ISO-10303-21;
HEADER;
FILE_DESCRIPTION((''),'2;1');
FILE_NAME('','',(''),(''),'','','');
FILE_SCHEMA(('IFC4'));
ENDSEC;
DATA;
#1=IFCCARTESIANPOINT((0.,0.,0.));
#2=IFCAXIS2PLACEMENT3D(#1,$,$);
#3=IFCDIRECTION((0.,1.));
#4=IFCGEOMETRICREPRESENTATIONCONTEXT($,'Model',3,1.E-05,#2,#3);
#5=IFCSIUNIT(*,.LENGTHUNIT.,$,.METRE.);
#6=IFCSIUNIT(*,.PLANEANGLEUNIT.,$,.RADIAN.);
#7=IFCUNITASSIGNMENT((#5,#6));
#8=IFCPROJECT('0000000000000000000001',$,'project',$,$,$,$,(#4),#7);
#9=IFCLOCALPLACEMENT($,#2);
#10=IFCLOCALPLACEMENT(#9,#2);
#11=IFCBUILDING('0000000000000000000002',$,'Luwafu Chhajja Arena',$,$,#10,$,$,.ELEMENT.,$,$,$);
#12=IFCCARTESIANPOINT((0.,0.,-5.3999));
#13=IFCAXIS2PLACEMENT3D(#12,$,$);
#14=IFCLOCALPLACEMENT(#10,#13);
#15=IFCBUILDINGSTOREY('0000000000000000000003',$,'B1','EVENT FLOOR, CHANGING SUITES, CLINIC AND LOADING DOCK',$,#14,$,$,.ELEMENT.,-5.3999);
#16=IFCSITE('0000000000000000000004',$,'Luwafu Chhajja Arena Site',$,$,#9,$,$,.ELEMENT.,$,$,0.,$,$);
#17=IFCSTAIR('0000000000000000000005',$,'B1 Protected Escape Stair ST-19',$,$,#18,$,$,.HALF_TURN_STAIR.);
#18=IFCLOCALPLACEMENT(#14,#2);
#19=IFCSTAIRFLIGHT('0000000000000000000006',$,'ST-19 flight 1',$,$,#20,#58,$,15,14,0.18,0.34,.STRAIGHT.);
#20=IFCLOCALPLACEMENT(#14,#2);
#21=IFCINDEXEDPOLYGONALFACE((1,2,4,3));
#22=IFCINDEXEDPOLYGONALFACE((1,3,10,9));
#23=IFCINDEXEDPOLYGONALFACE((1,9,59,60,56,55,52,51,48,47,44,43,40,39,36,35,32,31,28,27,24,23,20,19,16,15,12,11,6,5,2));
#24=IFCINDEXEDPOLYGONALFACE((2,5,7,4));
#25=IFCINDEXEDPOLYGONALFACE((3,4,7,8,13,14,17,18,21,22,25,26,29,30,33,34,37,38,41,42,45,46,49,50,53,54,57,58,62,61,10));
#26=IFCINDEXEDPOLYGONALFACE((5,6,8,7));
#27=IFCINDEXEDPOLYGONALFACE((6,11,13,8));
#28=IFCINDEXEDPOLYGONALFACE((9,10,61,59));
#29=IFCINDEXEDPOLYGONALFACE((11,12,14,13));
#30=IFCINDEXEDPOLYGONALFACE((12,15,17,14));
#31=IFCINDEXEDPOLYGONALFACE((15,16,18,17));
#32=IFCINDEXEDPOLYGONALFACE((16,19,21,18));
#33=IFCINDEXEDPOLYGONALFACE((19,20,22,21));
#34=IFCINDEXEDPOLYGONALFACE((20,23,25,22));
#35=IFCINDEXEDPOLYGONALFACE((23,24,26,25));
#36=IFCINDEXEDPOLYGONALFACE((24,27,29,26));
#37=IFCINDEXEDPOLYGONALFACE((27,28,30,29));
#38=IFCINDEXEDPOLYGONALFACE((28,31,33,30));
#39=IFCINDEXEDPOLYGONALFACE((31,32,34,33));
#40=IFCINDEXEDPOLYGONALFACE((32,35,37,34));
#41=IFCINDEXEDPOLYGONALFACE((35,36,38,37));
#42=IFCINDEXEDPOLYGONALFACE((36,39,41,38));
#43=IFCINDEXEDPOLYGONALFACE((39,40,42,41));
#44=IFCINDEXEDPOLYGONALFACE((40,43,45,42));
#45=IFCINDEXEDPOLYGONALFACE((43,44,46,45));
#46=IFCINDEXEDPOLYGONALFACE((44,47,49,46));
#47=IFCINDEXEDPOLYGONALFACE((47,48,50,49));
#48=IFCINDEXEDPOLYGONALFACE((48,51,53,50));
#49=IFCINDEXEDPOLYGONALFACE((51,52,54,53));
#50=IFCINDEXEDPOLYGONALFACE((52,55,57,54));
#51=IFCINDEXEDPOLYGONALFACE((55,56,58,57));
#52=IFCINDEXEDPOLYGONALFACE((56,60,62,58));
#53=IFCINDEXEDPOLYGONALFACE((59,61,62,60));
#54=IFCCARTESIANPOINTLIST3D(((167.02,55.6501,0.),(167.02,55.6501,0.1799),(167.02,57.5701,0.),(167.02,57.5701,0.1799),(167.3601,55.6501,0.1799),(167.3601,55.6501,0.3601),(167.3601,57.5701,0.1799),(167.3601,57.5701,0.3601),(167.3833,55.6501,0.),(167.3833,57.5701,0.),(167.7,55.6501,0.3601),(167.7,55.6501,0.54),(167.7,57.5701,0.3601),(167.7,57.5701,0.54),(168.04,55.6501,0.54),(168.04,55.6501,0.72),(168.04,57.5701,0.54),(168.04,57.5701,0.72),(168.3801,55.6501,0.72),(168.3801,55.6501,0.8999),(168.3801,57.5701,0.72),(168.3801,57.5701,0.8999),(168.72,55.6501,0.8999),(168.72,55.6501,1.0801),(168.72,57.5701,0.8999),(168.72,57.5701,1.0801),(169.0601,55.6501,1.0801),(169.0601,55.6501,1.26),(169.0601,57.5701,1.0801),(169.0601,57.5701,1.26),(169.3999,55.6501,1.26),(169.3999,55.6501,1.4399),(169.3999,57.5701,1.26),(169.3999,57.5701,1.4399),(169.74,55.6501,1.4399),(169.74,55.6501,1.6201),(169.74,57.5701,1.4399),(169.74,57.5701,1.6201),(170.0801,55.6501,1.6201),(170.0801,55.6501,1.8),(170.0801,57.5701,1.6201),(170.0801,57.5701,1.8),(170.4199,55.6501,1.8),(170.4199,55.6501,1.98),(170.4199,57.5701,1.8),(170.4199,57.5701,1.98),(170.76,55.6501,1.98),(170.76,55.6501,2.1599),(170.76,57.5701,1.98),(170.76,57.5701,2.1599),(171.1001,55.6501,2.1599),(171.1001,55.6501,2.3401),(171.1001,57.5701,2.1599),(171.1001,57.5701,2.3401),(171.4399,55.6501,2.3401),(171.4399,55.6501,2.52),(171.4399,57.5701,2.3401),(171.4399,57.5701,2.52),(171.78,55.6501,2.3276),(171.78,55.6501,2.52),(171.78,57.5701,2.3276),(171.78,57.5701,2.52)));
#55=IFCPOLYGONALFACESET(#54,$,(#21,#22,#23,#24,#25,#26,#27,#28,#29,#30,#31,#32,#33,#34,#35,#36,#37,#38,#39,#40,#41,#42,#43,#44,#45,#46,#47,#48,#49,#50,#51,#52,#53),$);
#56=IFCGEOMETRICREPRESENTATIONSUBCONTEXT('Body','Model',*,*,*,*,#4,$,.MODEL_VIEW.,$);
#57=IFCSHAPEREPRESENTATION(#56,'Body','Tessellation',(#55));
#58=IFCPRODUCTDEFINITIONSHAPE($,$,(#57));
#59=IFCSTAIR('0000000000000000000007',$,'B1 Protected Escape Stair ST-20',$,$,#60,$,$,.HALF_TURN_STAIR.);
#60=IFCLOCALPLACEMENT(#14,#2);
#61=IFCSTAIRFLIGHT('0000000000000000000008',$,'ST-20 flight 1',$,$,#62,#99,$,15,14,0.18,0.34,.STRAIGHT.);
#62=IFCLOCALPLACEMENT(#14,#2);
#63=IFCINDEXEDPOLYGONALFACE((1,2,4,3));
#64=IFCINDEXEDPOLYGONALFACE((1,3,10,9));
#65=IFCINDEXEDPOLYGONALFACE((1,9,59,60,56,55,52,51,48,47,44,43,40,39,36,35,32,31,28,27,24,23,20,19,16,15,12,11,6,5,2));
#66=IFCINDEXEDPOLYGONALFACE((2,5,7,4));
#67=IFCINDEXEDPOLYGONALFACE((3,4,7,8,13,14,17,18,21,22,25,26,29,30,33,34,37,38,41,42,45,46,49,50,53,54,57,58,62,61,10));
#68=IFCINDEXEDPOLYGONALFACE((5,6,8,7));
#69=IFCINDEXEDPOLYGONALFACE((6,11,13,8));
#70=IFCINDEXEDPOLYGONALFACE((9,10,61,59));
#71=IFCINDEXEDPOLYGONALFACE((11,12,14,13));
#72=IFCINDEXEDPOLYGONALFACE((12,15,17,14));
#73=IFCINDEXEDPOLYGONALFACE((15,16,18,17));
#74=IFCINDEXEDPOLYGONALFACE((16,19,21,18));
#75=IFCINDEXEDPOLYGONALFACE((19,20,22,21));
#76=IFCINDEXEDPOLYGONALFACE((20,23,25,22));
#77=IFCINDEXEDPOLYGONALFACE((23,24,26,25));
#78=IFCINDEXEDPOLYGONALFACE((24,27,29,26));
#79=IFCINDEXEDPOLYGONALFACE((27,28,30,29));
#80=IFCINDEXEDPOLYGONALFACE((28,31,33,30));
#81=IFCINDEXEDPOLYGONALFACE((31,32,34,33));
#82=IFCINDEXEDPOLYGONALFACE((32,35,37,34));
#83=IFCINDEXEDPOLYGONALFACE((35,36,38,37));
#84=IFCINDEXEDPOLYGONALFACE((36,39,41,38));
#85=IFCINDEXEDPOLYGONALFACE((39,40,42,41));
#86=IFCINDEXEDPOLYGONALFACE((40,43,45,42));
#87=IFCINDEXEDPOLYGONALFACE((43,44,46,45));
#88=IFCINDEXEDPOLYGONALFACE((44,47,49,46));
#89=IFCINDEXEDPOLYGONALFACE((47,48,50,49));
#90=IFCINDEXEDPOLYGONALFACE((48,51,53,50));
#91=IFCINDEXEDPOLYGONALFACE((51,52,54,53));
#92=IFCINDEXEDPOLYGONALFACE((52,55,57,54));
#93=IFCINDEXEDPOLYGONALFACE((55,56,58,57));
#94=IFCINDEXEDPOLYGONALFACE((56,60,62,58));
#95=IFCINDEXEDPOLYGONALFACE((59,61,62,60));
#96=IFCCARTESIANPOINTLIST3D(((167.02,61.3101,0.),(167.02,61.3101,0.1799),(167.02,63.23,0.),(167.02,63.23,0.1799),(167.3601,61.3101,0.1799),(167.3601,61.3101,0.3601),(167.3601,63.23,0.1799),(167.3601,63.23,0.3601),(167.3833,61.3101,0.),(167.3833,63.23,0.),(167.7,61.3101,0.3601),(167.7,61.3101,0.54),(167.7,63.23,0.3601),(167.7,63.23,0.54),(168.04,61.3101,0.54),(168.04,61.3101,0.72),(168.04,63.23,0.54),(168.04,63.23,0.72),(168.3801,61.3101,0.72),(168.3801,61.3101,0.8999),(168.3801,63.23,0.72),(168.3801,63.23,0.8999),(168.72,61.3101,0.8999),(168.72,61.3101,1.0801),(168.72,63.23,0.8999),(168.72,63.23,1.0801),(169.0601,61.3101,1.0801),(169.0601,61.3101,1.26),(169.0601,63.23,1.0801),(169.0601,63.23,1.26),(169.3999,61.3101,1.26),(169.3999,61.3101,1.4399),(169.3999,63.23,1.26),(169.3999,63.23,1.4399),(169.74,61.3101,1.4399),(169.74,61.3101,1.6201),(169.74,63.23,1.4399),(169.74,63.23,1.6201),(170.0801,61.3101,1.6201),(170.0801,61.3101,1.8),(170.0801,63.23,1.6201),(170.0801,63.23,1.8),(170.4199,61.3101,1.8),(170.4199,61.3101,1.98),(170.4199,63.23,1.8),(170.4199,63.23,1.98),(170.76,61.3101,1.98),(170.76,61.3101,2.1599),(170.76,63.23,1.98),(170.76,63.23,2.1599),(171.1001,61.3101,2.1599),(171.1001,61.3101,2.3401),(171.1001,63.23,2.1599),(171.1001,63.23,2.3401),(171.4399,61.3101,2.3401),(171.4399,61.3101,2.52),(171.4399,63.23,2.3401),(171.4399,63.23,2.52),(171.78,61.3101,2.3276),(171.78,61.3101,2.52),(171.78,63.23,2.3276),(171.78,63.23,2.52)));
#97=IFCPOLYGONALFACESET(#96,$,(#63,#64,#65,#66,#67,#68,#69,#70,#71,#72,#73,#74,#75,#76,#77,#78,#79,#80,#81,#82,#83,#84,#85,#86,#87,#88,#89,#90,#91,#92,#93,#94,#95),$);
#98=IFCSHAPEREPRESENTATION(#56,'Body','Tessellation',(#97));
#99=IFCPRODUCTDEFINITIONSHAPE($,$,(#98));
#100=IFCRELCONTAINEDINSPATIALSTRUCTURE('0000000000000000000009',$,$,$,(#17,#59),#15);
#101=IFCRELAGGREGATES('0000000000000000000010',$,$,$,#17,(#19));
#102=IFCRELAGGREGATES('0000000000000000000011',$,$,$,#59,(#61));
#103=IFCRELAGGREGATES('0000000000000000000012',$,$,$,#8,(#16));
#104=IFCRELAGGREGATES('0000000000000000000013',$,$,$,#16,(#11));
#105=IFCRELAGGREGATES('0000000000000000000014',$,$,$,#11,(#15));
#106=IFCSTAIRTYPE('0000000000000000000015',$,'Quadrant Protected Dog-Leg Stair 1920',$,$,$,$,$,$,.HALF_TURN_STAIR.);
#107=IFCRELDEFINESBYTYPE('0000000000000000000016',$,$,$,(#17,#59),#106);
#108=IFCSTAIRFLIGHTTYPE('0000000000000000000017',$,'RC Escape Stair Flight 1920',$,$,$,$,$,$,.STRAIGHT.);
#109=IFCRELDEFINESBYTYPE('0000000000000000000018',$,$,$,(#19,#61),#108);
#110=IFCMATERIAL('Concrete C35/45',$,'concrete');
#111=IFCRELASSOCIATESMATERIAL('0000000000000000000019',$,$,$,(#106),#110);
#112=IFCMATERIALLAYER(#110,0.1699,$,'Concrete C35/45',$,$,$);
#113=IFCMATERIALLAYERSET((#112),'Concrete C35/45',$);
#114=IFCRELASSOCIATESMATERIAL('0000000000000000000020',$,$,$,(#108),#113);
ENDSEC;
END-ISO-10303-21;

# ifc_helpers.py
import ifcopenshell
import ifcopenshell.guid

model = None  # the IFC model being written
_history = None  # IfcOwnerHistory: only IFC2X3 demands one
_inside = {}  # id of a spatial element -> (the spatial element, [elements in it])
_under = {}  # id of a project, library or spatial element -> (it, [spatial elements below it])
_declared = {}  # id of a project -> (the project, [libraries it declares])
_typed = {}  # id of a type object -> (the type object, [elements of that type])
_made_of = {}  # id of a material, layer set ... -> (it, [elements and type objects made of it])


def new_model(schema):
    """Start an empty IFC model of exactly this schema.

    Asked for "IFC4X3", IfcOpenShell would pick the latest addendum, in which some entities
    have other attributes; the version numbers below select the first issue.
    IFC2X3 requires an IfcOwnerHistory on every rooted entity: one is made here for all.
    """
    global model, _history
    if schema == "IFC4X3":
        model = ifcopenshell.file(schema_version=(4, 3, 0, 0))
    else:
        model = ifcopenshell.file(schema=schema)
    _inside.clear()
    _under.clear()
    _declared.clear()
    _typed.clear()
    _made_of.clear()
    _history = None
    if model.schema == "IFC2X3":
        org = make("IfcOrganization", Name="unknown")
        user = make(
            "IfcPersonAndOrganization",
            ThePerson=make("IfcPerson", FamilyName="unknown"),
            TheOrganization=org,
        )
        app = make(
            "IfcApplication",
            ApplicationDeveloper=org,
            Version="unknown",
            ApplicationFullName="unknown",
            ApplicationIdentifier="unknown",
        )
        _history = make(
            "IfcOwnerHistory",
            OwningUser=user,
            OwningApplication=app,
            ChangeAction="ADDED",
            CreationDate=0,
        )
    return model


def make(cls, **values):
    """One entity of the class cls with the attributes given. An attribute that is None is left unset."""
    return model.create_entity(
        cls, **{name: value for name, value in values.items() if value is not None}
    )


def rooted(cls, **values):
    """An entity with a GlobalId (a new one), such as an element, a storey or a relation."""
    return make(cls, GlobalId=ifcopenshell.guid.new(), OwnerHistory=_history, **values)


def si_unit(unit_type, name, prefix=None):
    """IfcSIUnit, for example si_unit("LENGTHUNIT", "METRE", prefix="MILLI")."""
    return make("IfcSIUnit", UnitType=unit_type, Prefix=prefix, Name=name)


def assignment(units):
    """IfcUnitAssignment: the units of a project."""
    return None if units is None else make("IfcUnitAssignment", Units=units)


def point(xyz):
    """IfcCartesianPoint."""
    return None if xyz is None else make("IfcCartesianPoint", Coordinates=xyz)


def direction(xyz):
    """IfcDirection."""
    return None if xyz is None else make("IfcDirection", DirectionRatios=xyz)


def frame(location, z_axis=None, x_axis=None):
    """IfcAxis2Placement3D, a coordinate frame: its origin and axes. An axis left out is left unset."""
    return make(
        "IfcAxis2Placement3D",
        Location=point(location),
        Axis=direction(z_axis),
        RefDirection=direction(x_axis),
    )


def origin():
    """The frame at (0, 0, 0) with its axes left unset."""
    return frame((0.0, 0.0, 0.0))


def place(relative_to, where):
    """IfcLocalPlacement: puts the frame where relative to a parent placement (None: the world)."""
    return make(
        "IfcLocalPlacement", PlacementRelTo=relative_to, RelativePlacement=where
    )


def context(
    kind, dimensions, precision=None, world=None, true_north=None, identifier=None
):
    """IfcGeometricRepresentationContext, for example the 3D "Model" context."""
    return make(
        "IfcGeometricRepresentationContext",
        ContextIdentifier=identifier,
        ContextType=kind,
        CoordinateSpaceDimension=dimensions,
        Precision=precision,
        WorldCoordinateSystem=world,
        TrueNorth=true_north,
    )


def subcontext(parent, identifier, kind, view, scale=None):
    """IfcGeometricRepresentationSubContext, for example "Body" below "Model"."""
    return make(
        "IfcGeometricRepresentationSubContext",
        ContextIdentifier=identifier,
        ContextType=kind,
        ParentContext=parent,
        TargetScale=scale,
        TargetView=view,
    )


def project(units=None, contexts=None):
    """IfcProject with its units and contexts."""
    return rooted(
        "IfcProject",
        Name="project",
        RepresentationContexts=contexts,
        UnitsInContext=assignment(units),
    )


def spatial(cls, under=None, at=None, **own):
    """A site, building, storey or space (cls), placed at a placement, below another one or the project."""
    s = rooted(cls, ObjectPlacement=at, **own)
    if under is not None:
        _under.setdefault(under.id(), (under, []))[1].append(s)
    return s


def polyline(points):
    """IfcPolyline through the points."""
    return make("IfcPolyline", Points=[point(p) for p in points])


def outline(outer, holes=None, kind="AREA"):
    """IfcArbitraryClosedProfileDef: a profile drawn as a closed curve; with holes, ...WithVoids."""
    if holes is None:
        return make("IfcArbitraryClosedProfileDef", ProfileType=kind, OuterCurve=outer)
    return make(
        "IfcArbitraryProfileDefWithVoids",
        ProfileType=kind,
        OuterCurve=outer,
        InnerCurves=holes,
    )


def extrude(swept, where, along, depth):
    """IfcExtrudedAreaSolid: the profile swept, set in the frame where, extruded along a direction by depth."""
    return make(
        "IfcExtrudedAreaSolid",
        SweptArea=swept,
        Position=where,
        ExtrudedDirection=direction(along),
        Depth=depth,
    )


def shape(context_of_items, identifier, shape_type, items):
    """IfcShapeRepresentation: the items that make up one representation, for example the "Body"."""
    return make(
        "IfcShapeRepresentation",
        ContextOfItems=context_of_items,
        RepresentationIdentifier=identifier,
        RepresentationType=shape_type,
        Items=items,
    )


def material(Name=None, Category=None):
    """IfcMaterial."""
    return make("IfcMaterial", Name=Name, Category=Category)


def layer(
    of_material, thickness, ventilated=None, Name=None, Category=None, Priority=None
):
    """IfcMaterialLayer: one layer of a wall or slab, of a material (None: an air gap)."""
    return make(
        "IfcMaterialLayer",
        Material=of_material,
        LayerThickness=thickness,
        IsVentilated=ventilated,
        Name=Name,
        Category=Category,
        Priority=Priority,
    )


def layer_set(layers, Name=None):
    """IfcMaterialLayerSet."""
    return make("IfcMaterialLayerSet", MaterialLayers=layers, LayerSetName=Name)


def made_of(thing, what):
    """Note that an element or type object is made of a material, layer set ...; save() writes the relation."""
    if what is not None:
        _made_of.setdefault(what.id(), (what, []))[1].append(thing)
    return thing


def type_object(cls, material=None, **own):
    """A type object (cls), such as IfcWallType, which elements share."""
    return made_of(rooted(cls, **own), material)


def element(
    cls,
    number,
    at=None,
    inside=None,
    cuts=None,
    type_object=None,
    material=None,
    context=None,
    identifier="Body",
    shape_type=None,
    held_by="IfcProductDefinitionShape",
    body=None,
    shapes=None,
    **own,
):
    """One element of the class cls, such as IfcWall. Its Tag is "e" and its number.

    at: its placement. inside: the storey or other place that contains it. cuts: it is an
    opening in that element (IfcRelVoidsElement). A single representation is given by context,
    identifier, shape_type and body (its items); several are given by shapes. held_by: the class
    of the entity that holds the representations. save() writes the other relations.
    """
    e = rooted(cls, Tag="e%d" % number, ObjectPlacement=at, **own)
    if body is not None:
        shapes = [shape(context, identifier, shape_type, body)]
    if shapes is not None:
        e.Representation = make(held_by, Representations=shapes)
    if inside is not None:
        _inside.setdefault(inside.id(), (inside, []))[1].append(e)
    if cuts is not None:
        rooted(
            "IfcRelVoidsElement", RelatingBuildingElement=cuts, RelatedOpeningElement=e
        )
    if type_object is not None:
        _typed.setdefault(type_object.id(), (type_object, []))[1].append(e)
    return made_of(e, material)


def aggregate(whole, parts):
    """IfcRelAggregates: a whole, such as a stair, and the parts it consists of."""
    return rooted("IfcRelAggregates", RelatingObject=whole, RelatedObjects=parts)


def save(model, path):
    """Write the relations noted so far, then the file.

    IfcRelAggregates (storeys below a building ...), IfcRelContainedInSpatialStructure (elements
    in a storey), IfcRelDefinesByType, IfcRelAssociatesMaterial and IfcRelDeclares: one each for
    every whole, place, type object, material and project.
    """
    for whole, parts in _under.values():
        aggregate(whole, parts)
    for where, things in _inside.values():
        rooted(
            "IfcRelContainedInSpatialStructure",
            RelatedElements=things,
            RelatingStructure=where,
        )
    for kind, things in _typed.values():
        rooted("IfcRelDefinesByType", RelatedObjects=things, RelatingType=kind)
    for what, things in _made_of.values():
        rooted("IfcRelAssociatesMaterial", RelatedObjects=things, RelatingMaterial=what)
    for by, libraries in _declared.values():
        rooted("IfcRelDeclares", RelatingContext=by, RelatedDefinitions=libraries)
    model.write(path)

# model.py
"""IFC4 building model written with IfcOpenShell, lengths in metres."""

from ifc_helpers import new_model, si_unit, direction, frame, origin, place, context, subcontext, project, spatial, polyline, outline, extrude, material, layer, layer_set, type_object, element, aggregate, save


model = new_model("IFC4")

# Units and contexts
model_context = context("Model", 3, precision=1e-05, world=origin(), true_north=direction((0.0, 1.0)))
body_context = subcontext(model_context, "Body", "Model", "MODEL_VIEW")
ifc_project = project(units=[si_unit("LENGTHUNIT", "METRE"), si_unit("PLANEANGLEUNIT", "RADIAN")], contexts=[model_context])

# Site, building, storey
site_placement = place(None, origin())
site = spatial("IfcSite", under=ifc_project, at=site_placement, Name="Luwafu Chhajja Arena Site", CompositionType="ELEMENT", RefElevation=0.0)
building_placement = place(site_placement, origin())
building = spatial("IfcBuilding", under=site, at=building_placement, Name="Luwafu Chhajja Arena", CompositionType="ELEMENT")
storey_placement = place(building_placement, frame((0.0, 0.0, -5.3999)))
storey = spatial("IfcBuildingStorey", under=building, at=storey_placement, Name="B1", Description="EVENT FLOOR, CHANGING SUITES, CLINIC AND LOADING DOCK", CompositionType="ELEMENT", Elevation=-5.3999)

# Shared definitions
ifc_material_1 = material(Name="Concrete C35/45", Category="concrete")

# Stairs, stair flights
stair_type = type_object("IfcStairType", Name="Quadrant Protected Dog-Leg Stair 1920", PredefinedType="HALF_TURN_STAIR", material=ifc_material_1)
stair_1_placement = place(storey_placement, origin())
stair_1 = element("IfcStair", 1, at=stair_1_placement, inside=storey, type_object=stair_type, Name="B1 Protected Escape Stair ST-19", PredefinedType="HALF_TURN_STAIR")
ifc_layer_1 = layer(ifc_material_1, 0.1699, Name="Concrete C35/45")
ifc_layer_set_1 = layer_set([ifc_layer_1], Name="Concrete C35/45")
stair_flight_type = type_object("IfcStairFlightType", Name="RC Escape Stair Flight 1920", PredefinedType="STRAIGHT", material=ifc_layer_set_1)
stair_flight_1_placement = place(storey_placement, frame((167.02, 56.6101, 0.0), z_axis=(0.0, 0.0, 1.0), x_axis=(1.0, 0.0, 0.0)))
stair_flight_1 = element("IfcStairFlight", 2, at=stair_flight_1_placement, type_object=stair_flight_type, Name="ST-19 flight 1", NumberOfRisers=15, NumberOfTreads=14, PredefinedType="STRAIGHT", RiserHeight=0.18, TreadLength=0.34, context=body_context, shape_type="SweptSolid", body=[
    extrude(outline(polyline([(0.0, 0.0), (0.0, 0.1799), (0.3401, 0.1799), (0.3401, 0.3601), (0.6799, 0.3601), (0.6799, 0.54), (1.02, 0.54), (1.02, 0.72), (1.3601, 0.72), (1.3601, 0.8999), (1.7, 0.8999), (1.7, 1.0801), (2.04, 1.0801), (2.04, 1.26), (2.3799, 1.26), (2.3799, 1.4399), (2.72, 1.4399), (2.72, 1.6201), (3.0601, 1.6201), (3.0601, 1.8), (3.3999, 1.8), (3.3999, 1.98), (3.74, 1.98), (3.74, 2.1599), (4.0801, 2.1599), (4.0801, 2.3401), (4.4199, 2.3401), (4.4199, 2.52), (4.76, 2.52), (4.76, 2.7), (4.76, 2.3276), (0.3633, 0.0), (0.0, 0.0)])), frame((0.0, 0.96, 0.0), z_axis=(0.0, -1.0, 0.0), x_axis=(1.0, 0.0, 0.0)), (0.0, 0.0, 1.0), 1.9199),
])
aggregate(stair_1, [stair_flight_1])
stair_2_placement = place(storey_placement, origin())
stair_2 = element("IfcStair", 3, at=stair_2_placement, inside=storey, type_object=stair_type, Name="B1 Protected Escape Stair ST-20", PredefinedType="HALF_TURN_STAIR")
stair_flight_2_placement = place(storey_placement, frame((167.02, 62.27, 0.0), z_axis=(0.0, 0.0, 1.0), x_axis=(1.0, 0.0, 0.0)))
stair_flight_2 = element("IfcStairFlight", 4, at=stair_flight_2_placement, type_object=stair_flight_type, Name="ST-20 flight 1", NumberOfRisers=15, NumberOfTreads=14, PredefinedType="STRAIGHT", RiserHeight=0.18, TreadLength=0.34, context=body_context, shape_type="SweptSolid", body=[
    extrude(outline(polyline([(0.0, 0.0), (0.0, 0.1799), (0.3401, 0.1799), (0.3401, 0.3601), (0.6799, 0.3601), (0.6799, 0.54), (1.02, 0.54), (1.02, 0.72), (1.3601, 0.72), (1.3601, 0.8999), (1.7, 0.8999), (1.7, 1.0801), (2.04, 1.0801), (2.04, 1.26), (2.3799, 1.26), (2.3799, 1.4399), (2.72, 1.4399), (2.72, 1.6201), (3.0601, 1.6201), (3.0601, 1.8), (3.3999, 1.8), (3.3999, 1.98), (3.74, 1.98), (3.74, 2.1599), (4.0801, 2.1599), (4.0801, 2.3401), (4.4199, 2.3401), (4.4199, 2.52), (4.76, 2.52), (4.76, 2.7), (4.76, 2.3276), (0.3633, 0.0), (0.0, 0.0)])), frame((0.0, 0.96, 0.0), z_axis=(0.0, -1.0, 0.0), x_axis=(1.0, 0.0, 0.0)), (0.0, 0.0, 1.0), 1.9199),
])
aggregate(stair_2, [stair_flight_2])

save(model, "model.ifc")
